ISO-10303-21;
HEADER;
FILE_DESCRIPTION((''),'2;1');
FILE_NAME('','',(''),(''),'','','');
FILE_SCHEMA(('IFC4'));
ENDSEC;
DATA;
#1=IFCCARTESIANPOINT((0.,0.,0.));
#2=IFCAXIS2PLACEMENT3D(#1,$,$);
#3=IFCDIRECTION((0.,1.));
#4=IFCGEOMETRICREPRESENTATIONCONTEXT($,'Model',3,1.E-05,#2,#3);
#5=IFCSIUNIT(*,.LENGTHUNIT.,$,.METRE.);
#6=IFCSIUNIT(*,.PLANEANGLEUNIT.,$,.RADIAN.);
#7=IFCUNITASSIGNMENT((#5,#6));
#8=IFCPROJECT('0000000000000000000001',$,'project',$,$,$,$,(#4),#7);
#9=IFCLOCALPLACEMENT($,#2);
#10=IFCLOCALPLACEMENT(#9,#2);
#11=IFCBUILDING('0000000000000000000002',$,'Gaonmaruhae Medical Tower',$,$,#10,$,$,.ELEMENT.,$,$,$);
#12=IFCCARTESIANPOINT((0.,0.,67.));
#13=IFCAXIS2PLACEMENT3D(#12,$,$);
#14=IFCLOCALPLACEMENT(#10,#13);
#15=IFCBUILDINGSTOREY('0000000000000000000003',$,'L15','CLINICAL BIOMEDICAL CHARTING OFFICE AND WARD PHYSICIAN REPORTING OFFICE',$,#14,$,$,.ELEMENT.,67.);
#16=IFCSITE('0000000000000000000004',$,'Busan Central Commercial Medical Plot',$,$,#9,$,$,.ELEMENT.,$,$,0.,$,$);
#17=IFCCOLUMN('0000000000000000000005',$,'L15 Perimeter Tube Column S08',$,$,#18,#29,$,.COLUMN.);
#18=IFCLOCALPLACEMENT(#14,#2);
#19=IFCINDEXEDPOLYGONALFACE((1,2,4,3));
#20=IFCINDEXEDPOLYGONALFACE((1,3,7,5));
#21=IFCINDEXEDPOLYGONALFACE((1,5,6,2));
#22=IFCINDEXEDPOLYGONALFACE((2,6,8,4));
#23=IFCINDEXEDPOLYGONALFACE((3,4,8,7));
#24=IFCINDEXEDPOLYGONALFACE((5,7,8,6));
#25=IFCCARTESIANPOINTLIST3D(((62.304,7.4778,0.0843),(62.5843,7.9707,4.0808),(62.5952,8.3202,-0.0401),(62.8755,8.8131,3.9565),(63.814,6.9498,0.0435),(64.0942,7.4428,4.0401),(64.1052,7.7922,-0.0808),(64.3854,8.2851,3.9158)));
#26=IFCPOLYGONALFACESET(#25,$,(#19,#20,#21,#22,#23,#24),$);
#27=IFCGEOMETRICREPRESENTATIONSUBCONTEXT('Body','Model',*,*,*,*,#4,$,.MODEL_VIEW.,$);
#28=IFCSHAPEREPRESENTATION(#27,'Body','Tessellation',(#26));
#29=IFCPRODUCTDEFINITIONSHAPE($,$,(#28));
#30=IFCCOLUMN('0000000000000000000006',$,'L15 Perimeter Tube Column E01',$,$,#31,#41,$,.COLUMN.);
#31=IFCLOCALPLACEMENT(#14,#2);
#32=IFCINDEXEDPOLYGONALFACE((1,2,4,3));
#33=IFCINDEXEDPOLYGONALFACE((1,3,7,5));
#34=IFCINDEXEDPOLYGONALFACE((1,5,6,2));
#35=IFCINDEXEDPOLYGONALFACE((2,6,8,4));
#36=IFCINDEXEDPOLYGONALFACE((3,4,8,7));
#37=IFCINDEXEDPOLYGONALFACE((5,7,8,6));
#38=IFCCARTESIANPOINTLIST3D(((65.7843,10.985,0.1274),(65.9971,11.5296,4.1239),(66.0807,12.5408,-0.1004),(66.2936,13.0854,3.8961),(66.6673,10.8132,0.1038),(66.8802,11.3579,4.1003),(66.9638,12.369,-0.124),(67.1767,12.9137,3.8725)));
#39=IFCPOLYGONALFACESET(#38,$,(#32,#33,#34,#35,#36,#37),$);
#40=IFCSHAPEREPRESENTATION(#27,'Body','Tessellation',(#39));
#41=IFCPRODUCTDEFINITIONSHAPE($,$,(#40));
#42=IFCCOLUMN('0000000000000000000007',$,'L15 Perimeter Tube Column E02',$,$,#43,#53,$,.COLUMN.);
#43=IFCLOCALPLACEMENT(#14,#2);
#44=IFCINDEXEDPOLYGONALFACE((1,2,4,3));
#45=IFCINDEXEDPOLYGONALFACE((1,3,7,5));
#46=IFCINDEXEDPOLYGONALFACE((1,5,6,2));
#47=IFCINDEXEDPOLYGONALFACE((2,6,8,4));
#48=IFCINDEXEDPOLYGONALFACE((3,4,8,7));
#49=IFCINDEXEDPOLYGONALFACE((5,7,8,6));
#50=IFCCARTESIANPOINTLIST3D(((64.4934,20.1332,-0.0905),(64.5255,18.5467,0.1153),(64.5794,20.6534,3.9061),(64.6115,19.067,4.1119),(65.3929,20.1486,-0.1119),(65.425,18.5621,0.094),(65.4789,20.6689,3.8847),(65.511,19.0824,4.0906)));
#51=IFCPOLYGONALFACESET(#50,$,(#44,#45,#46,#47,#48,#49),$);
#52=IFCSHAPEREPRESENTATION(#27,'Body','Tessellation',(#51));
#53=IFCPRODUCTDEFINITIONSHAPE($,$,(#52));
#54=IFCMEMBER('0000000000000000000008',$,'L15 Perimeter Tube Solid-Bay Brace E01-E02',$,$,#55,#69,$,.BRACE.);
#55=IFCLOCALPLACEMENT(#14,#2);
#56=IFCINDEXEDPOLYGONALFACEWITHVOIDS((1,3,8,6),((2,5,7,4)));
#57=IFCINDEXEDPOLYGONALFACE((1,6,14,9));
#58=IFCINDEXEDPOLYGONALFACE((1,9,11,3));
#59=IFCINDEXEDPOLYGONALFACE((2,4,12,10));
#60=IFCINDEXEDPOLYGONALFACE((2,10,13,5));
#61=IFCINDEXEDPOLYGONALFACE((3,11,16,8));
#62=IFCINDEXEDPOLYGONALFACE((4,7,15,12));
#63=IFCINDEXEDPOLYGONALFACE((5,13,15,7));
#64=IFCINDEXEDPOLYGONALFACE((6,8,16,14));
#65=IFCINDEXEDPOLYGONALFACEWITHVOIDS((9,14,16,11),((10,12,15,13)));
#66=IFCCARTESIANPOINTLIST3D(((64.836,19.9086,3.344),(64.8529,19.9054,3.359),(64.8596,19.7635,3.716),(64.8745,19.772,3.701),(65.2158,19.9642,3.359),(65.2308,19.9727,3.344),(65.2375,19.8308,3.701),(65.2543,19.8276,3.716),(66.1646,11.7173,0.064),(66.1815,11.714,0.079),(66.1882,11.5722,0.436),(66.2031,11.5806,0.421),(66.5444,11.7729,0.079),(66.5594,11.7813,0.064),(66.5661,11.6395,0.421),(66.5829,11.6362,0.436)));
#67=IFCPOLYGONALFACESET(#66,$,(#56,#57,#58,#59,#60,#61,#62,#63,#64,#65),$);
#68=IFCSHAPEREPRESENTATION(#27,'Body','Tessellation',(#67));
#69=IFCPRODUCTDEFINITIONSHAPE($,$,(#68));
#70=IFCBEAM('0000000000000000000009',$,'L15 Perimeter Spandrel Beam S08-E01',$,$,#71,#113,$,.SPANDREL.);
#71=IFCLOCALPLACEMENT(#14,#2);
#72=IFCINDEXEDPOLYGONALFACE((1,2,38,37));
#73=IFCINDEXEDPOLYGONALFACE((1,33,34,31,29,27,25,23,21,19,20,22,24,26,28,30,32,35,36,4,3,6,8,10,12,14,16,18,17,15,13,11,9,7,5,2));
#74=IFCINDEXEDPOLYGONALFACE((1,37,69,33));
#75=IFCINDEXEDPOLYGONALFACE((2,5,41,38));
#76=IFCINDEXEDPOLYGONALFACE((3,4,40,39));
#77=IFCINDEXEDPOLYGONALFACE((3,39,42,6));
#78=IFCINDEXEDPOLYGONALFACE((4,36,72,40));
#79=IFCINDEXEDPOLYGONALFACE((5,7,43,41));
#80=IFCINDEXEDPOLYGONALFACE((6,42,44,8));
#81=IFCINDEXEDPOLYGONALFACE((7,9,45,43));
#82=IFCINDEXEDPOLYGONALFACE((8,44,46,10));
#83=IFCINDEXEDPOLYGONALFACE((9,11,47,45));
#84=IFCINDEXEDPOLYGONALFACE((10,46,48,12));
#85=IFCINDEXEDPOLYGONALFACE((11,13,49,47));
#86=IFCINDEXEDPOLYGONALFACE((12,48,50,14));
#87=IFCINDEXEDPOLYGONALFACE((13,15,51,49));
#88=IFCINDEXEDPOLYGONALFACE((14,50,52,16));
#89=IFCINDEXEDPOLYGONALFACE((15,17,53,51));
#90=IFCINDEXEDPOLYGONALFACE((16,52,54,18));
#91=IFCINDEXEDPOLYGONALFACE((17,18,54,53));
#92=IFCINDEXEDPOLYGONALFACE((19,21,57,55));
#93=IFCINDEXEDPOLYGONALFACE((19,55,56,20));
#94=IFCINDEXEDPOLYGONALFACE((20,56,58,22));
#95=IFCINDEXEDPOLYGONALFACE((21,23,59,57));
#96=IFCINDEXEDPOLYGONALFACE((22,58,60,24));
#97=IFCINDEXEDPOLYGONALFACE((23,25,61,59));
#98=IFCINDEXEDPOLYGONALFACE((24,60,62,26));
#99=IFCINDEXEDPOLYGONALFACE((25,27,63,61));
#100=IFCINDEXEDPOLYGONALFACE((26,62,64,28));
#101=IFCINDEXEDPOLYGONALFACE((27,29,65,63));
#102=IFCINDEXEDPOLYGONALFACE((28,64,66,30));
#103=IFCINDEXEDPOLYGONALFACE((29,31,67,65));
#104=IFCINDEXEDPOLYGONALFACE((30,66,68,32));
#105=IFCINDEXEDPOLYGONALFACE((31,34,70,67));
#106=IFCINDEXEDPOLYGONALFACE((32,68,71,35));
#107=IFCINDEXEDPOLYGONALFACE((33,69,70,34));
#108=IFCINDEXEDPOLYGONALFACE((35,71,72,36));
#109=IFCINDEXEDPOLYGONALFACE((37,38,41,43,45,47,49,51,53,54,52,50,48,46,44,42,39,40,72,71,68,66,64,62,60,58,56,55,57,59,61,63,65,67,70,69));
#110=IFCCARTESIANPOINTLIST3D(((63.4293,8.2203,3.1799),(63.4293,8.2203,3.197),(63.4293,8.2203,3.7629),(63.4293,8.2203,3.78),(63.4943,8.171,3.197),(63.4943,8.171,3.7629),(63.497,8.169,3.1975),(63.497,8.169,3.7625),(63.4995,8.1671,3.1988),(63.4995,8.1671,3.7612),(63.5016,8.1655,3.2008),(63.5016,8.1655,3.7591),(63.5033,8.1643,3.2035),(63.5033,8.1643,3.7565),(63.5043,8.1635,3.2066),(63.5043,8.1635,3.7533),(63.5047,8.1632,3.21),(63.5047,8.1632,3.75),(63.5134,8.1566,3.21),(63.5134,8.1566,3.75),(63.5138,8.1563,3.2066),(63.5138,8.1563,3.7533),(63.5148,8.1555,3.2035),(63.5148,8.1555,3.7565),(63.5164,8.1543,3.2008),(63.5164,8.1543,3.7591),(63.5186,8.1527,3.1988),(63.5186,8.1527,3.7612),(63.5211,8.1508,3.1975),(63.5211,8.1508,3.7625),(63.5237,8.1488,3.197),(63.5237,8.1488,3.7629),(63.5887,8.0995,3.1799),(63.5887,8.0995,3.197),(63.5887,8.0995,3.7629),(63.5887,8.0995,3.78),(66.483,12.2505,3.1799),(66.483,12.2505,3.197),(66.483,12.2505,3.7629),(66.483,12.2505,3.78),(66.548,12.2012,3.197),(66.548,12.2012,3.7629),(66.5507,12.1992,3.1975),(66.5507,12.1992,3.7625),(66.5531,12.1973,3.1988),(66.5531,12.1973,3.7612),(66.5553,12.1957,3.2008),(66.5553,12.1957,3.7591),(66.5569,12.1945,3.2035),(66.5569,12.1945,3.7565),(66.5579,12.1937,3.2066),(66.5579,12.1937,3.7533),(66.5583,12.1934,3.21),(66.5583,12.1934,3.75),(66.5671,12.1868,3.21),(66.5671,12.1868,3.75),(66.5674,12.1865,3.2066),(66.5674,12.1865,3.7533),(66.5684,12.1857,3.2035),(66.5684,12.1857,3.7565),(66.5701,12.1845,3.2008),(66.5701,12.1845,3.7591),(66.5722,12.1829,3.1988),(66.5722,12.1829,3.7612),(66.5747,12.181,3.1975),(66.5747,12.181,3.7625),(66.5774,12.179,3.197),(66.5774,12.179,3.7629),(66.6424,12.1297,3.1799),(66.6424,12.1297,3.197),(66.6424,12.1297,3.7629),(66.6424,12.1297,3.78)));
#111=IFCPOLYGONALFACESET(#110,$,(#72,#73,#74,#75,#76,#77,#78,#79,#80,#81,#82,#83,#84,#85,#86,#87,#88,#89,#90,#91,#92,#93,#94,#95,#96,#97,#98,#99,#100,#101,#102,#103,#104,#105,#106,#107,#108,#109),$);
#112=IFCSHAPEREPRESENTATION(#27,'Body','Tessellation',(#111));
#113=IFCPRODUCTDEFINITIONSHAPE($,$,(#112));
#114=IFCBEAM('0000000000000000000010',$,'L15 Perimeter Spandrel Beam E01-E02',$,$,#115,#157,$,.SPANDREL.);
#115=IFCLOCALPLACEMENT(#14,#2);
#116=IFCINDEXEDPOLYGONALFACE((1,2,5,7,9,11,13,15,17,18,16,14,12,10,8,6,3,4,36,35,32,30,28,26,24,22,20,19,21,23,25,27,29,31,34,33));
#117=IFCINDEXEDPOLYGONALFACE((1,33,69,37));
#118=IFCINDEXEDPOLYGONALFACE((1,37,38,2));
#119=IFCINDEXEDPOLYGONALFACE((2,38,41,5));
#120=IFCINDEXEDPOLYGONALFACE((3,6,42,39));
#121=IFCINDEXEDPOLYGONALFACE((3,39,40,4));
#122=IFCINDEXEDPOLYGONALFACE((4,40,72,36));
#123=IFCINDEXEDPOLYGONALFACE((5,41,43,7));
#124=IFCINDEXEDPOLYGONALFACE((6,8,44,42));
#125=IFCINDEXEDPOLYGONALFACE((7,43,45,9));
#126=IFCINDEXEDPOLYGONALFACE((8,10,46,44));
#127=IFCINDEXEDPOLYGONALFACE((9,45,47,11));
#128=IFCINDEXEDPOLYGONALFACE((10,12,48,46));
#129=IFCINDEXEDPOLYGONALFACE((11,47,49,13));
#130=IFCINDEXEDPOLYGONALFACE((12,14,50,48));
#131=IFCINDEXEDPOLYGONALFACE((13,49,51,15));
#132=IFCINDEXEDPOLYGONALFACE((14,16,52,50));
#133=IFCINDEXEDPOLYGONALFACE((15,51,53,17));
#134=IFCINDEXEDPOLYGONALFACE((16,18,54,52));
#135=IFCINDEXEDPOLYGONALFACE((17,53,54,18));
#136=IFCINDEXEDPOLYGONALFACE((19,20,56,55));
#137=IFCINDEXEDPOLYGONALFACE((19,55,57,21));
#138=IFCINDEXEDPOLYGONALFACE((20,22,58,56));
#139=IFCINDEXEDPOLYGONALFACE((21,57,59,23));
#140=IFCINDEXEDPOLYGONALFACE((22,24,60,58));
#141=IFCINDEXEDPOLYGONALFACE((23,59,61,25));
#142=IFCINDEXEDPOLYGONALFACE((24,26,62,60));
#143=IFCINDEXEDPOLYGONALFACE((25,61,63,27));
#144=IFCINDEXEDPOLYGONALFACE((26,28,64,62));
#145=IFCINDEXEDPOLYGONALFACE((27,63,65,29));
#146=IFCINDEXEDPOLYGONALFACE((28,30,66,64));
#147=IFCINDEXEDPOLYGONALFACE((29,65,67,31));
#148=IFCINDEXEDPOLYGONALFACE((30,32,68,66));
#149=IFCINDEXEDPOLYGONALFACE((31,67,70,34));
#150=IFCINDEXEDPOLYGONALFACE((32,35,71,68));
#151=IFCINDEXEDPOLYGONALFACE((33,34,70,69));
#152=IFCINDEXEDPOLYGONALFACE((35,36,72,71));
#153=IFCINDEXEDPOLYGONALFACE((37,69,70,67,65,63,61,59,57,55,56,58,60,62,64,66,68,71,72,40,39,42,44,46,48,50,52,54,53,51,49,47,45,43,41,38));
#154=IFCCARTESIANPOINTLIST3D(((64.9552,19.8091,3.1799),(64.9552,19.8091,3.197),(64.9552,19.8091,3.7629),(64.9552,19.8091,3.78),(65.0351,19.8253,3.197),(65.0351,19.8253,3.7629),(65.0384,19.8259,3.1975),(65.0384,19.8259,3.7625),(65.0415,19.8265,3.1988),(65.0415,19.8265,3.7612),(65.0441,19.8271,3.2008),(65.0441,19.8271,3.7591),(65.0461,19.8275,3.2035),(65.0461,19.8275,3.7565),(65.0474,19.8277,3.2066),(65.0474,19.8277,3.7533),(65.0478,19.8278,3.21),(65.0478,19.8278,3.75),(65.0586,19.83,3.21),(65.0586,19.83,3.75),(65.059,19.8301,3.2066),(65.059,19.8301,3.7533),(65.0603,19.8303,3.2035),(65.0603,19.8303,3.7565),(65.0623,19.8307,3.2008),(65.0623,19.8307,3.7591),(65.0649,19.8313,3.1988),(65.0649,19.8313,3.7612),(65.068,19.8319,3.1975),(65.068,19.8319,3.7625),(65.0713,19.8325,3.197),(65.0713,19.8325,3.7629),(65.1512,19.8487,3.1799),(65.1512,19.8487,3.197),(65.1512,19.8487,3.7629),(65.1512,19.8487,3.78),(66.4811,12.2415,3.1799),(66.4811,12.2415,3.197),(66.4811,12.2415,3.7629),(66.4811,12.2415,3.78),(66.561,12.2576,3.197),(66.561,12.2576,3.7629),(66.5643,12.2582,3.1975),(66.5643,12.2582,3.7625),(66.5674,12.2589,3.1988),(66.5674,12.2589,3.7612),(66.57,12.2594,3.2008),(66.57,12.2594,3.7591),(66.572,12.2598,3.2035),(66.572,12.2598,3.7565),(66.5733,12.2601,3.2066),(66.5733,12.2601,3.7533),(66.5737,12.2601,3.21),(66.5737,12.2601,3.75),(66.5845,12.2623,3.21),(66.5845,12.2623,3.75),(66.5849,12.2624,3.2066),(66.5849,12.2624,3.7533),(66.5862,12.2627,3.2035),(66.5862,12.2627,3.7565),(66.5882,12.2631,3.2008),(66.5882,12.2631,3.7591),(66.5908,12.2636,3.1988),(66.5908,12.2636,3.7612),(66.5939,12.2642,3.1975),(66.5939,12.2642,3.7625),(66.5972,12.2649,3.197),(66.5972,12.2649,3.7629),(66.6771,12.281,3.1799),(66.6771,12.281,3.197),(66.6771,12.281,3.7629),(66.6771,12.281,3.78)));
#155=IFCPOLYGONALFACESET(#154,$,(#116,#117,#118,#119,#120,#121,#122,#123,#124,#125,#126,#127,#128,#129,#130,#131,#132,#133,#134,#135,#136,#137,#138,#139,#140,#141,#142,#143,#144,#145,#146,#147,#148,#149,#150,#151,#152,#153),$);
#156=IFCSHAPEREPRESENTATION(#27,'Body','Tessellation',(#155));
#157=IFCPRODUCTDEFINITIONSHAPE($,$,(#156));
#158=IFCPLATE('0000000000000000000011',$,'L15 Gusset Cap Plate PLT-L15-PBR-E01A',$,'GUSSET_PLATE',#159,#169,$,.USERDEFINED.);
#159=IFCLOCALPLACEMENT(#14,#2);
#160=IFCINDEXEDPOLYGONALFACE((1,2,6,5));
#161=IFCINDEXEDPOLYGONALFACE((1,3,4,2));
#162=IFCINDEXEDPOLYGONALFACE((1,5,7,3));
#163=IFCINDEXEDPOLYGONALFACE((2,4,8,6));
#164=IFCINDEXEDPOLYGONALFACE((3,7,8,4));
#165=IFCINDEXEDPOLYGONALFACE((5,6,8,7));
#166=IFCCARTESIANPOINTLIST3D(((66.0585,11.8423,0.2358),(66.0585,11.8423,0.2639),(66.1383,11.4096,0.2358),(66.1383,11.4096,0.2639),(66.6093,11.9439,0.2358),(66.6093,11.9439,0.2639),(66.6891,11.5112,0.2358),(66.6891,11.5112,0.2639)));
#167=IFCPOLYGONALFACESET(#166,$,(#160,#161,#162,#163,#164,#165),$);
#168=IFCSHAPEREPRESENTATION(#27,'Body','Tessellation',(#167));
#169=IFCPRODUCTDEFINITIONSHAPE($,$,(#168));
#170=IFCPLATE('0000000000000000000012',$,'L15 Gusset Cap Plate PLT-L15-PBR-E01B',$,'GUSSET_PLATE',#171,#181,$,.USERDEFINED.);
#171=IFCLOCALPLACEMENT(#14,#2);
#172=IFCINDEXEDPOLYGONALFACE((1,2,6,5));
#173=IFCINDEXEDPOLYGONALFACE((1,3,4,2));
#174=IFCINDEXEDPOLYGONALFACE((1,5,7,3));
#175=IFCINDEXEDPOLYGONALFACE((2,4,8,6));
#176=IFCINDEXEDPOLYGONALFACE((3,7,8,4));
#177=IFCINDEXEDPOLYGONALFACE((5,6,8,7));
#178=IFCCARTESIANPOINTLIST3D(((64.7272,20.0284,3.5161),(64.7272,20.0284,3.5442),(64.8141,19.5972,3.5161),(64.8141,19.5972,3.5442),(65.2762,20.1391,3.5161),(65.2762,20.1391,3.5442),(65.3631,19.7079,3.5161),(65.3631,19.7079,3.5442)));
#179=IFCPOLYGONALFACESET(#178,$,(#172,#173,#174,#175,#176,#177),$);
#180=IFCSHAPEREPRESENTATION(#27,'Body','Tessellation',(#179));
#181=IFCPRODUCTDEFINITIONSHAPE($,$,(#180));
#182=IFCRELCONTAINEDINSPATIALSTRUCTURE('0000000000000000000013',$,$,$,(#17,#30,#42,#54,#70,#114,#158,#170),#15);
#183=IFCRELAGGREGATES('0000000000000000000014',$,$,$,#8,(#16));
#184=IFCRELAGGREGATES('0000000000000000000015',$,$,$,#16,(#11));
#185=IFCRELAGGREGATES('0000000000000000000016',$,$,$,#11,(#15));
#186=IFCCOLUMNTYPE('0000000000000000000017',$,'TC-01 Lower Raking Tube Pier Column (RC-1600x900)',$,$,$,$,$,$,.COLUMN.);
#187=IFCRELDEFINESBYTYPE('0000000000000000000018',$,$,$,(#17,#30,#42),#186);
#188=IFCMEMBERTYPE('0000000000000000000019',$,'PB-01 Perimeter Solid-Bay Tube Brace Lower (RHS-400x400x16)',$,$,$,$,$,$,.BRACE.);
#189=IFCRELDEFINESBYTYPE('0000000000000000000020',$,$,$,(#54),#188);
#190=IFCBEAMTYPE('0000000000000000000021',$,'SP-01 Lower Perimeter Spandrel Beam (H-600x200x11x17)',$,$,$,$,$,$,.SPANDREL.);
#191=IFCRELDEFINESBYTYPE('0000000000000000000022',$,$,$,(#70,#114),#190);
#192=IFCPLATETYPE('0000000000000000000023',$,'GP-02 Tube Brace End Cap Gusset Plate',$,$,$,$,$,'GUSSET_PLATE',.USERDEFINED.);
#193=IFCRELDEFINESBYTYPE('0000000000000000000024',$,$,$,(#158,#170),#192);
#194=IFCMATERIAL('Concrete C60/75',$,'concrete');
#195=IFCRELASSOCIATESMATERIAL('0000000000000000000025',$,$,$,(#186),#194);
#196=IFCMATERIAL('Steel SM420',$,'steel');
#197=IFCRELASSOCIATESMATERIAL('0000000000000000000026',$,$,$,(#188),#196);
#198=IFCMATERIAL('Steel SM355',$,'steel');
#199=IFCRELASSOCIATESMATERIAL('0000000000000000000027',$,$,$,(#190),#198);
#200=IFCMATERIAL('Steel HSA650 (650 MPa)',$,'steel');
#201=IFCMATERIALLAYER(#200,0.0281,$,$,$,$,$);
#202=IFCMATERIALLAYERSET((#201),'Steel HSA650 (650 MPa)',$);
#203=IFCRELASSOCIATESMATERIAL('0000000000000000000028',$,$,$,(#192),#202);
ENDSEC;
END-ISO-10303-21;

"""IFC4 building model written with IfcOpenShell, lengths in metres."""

from ifc_helpers import new_model, si_unit, direction, frame, origin, origin_2d, place, context, subcontext, project, spatial, rectangle, hollow_rectangle, i_section, extrude, material, layer, layer_set, material_profile, profile_set, type_object, element, save


model = new_model("IFC4")

# Units and contexts
model_context = context("Model", 3, precision=1e-05, world=origin(), true_north=direction((0.0, 1.0)))
body_context = subcontext(model_context, "Body", "Model", "MODEL_VIEW")
ifc_project = project(units=[si_unit("LENGTHUNIT", "METRE"), si_unit("PLANEANGLEUNIT", "RADIAN")], contexts=[model_context])

# Site, building, storey
site_placement = place(None, origin())
site = spatial("IfcSite", under=ifc_project, at=site_placement, Name="Busan Central Commercial Medical Plot", CompositionType="ELEMENT", RefElevation=0.0)
building_placement = place(site_placement, origin())
building = spatial("IfcBuilding", under=site, at=building_placement, Name="Gaonmaruhae Medical Tower", CompositionType="ELEMENT")
storey_placement = place(building_placement, frame((0.0, 0.0, 67.0)))
storey = spatial("IfcBuildingStorey", under=building, at=storey_placement, Name="L15", Description="CLINICAL BIOMEDICAL CHARTING OFFICE AND WARD PHYSICIAN REPORTING OFFICE", CompositionType="ELEMENT", Elevation=67.0)

# Columns
ifc_material_1 = material(Name="Concrete C60/75", Category="concrete")
ifc_material_profile_1 = material_profile(ifc_material_1, rectangle(XDim=1.6001, YDim=0.8999, at=origin_2d()), Name="RC-1600x900")
ifc_profile_set_1 = profile_set([ifc_material_profile_1], Name="Concrete C60/75")
column_type = type_object("IfcColumnType", Name="TC-01 Lower Raking Tube Pier Column (RC-1600x900)", PredefinedType="COLUMN", material=ifc_profile_set_1)
column_1_placement = place(storey_placement, frame((63.2046, 7.635, 0.0017), z_axis=(0.069433, 0.122112, 0.990085), x_axis=(-0.943645, 0.329976, 0.025478)))
element("IfcColumn", 1, at=column_1_placement, inside=storey, type_object=column_type, Name="L15 Perimeter Tube Column S08", PredefinedType="COLUMN", context=body_context, shape_type="SweptSolid", body=[
    extrude(rectangle(XDim=1.6001, YDim=0.8999, at=origin_2d()), origin(), (0.0, 0.0, 1.0), 4.0366),
])
column_2_placement = place(storey_placement, frame((66.374, 11.677, 0.0017), z_axis=(0.052707, 0.13485, 0.989463), x_axis=(-0.185295, -0.972313, 0.142383)))
element("IfcColumn", 2, at=column_2_placement, inside=storey, type_object=column_type, Name="L15 Perimeter Tube Column E01", PredefinedType="COLUMN", context=body_context, shape_type="SweptSolid", body=[
    extrude(rectangle(XDim=1.6001, YDim=0.8999, at=origin_2d()), origin(), (0.0, 0.0, 1.0), 4.0391),
])
column_3_placement = place(storey_placement, frame((64.9592, 19.3477, 0.0017), z_axis=(0.021318, 0.129059, 0.991408), x_axis=(0.02006, -0.991489, 0.128638)))
element("IfcColumn", 3, at=column_3_placement, inside=storey, type_object=column_type, Name="L15 Perimeter Tube Column E02", PredefinedType="COLUMN", context=body_context, shape_type="SweptSolid", body=[
    extrude(rectangle(XDim=1.6001, YDim=0.8999, at=origin_2d()), origin(), (0.0, 0.0, 1.0), 4.0312),
])

# Member
ifc_material_2 = material(Name="Steel SM420", Category="steel")
ifc_material_profile_2 = material_profile(ifc_material_2, hollow_rectangle(XDim=0.3999, YDim=0.3999, WallThickness=0.0161, at=origin_2d()), Name="RHS-400x400x16")
ifc_profile_set_2 = profile_set([ifc_material_profile_2], Name="Steel SM420")
member_type = type_object("IfcMemberType", Name="PB-01 Perimeter Solid-Bay Tube Brace Lower (RHS-400x400x16)", PredefinedType="BRACE", material=ifc_profile_set_2)
member_placement = place(storey_placement, frame((66.3738, 11.6768, 0.25), z_axis=(-0.148895, 0.917993, 0.367586), x_axis=(-0.9871, -0.160104, 0.0)))
element("IfcMember", 4, at=member_placement, inside=storey, type_object=member_type, Name="L15 Perimeter Tube Solid-Bay Brace E01-E02", PredefinedType="BRACE", context=body_context, shape_type="SweptSolid", body=[
    extrude(hollow_rectangle(XDim=0.3999, YDim=0.3999, WallThickness=0.0161, at=origin_2d()), origin(), (0.0, 0.0, 1.0), 8.9231),
])

# Beams
ifc_material_3 = material(Name="Steel SM355", Category="steel")
ifc_material_profile_3 = material_profile(ifc_material_3, i_section(OverallWidth=0.2, OverallDepth=0.6001, WebThickness=0.011, FlangeThickness=0.0171, FilletRadius=0.0129, at=origin_2d()), Name="H-600x200x11x17")
ifc_profile_set_3 = profile_set([ifc_material_profile_3], Name="Steel SM355")
beam_type = type_object("IfcBeamType", Name="SP-01 Lower Perimeter Spandrel Beam (H-600x200x11x17)", PredefinedType="SPANDREL", material=ifc_profile_set_3)
beam_1_placement = place(storey_placement, frame((63.509, 8.1599, 3.48), z_axis=(0.603917, 0.797047, 0.0), x_axis=(-0.797047, 0.603917, 0.0)))
element("IfcBeam", 5, at=beam_1_placement, inside=storey, type_object=beam_type, Name="L15 Perimeter Spandrel Beam S08-E01", PredefinedType="SPANDREL", context=body_context, shape_type="SweptSolid", body=[
    extrude(i_section(OverallWidth=0.2, OverallDepth=0.6001, WebThickness=0.011, FlangeThickness=0.0171, FilletRadius=0.0129, at=origin_2d()), origin(), (0.0, 0.0, 1.0), 5.0564),
])
beam_2_placement = place(storey_placement, frame((66.5791, 12.2612, 3.48), z_axis=(-0.197655, 0.980272, 0.0), x_axis=(-0.980272, -0.197655, 0.0)))
element("IfcBeam", 6, at=beam_2_placement, inside=storey, type_object=beam_type, Name="L15 Perimeter Spandrel Beam E01-E02", PredefinedType="SPANDREL", context=body_context, shape_type="SweptSolid", body=[
    extrude(i_section(OverallWidth=0.2, OverallDepth=0.6001, WebThickness=0.011, FlangeThickness=0.0171, FilletRadius=0.0129, at=origin_2d()), origin(), (0.0, 0.0, 1.0), 7.72),
])

# Plates
ifc_material_4 = material(Name="Steel HSA650 (650 MPa)", Category="steel")
ifc_layer_1 = layer(ifc_material_4, 0.0281)
ifc_layer_set_1 = layer_set([ifc_layer_1], Name="Steel HSA650 (650 MPa)")
plate_type_1 = type_object("IfcPlateType", Name="GP-02 Tube Brace End Cap Gusset Plate", ElementType="GUSSET_PLATE", PredefinedType="USERDEFINED", material=ifc_layer_set_1)
for number, where, z_axis, x_axis, name in (
    (7, (66.3738, 11.6768, 0.2358), (0.0, 0.0, 1.0), (0.983414, 0.181377, 0.0), "L15 Gusset Cap Plate PLT-L15-PBR-E01A"),
    (8, (65.0452, 19.8682, 3.5161), (0.0, 0.0, 1.0), (0.980271, 0.197657, 0.0), "L15 Gusset Cap Plate PLT-L15-PBR-E01B"),
):
    element("IfcPlate", number, at=place(storey_placement, frame(where, z_axis=z_axis, x_axis=x_axis)), inside=storey, type_object=plate_type_1, Name=name, ObjectType="GUSSET_PLATE", PredefinedType="USERDEFINED", context=body_context, shape_type="SweptSolid", body=[
        extrude(rectangle(XDim=0.5601, YDim=0.4399, at=origin_2d()), origin(), (0.0, 0.0, 1.0), 0.0281),
    ])

save(model, "model.ifc")
